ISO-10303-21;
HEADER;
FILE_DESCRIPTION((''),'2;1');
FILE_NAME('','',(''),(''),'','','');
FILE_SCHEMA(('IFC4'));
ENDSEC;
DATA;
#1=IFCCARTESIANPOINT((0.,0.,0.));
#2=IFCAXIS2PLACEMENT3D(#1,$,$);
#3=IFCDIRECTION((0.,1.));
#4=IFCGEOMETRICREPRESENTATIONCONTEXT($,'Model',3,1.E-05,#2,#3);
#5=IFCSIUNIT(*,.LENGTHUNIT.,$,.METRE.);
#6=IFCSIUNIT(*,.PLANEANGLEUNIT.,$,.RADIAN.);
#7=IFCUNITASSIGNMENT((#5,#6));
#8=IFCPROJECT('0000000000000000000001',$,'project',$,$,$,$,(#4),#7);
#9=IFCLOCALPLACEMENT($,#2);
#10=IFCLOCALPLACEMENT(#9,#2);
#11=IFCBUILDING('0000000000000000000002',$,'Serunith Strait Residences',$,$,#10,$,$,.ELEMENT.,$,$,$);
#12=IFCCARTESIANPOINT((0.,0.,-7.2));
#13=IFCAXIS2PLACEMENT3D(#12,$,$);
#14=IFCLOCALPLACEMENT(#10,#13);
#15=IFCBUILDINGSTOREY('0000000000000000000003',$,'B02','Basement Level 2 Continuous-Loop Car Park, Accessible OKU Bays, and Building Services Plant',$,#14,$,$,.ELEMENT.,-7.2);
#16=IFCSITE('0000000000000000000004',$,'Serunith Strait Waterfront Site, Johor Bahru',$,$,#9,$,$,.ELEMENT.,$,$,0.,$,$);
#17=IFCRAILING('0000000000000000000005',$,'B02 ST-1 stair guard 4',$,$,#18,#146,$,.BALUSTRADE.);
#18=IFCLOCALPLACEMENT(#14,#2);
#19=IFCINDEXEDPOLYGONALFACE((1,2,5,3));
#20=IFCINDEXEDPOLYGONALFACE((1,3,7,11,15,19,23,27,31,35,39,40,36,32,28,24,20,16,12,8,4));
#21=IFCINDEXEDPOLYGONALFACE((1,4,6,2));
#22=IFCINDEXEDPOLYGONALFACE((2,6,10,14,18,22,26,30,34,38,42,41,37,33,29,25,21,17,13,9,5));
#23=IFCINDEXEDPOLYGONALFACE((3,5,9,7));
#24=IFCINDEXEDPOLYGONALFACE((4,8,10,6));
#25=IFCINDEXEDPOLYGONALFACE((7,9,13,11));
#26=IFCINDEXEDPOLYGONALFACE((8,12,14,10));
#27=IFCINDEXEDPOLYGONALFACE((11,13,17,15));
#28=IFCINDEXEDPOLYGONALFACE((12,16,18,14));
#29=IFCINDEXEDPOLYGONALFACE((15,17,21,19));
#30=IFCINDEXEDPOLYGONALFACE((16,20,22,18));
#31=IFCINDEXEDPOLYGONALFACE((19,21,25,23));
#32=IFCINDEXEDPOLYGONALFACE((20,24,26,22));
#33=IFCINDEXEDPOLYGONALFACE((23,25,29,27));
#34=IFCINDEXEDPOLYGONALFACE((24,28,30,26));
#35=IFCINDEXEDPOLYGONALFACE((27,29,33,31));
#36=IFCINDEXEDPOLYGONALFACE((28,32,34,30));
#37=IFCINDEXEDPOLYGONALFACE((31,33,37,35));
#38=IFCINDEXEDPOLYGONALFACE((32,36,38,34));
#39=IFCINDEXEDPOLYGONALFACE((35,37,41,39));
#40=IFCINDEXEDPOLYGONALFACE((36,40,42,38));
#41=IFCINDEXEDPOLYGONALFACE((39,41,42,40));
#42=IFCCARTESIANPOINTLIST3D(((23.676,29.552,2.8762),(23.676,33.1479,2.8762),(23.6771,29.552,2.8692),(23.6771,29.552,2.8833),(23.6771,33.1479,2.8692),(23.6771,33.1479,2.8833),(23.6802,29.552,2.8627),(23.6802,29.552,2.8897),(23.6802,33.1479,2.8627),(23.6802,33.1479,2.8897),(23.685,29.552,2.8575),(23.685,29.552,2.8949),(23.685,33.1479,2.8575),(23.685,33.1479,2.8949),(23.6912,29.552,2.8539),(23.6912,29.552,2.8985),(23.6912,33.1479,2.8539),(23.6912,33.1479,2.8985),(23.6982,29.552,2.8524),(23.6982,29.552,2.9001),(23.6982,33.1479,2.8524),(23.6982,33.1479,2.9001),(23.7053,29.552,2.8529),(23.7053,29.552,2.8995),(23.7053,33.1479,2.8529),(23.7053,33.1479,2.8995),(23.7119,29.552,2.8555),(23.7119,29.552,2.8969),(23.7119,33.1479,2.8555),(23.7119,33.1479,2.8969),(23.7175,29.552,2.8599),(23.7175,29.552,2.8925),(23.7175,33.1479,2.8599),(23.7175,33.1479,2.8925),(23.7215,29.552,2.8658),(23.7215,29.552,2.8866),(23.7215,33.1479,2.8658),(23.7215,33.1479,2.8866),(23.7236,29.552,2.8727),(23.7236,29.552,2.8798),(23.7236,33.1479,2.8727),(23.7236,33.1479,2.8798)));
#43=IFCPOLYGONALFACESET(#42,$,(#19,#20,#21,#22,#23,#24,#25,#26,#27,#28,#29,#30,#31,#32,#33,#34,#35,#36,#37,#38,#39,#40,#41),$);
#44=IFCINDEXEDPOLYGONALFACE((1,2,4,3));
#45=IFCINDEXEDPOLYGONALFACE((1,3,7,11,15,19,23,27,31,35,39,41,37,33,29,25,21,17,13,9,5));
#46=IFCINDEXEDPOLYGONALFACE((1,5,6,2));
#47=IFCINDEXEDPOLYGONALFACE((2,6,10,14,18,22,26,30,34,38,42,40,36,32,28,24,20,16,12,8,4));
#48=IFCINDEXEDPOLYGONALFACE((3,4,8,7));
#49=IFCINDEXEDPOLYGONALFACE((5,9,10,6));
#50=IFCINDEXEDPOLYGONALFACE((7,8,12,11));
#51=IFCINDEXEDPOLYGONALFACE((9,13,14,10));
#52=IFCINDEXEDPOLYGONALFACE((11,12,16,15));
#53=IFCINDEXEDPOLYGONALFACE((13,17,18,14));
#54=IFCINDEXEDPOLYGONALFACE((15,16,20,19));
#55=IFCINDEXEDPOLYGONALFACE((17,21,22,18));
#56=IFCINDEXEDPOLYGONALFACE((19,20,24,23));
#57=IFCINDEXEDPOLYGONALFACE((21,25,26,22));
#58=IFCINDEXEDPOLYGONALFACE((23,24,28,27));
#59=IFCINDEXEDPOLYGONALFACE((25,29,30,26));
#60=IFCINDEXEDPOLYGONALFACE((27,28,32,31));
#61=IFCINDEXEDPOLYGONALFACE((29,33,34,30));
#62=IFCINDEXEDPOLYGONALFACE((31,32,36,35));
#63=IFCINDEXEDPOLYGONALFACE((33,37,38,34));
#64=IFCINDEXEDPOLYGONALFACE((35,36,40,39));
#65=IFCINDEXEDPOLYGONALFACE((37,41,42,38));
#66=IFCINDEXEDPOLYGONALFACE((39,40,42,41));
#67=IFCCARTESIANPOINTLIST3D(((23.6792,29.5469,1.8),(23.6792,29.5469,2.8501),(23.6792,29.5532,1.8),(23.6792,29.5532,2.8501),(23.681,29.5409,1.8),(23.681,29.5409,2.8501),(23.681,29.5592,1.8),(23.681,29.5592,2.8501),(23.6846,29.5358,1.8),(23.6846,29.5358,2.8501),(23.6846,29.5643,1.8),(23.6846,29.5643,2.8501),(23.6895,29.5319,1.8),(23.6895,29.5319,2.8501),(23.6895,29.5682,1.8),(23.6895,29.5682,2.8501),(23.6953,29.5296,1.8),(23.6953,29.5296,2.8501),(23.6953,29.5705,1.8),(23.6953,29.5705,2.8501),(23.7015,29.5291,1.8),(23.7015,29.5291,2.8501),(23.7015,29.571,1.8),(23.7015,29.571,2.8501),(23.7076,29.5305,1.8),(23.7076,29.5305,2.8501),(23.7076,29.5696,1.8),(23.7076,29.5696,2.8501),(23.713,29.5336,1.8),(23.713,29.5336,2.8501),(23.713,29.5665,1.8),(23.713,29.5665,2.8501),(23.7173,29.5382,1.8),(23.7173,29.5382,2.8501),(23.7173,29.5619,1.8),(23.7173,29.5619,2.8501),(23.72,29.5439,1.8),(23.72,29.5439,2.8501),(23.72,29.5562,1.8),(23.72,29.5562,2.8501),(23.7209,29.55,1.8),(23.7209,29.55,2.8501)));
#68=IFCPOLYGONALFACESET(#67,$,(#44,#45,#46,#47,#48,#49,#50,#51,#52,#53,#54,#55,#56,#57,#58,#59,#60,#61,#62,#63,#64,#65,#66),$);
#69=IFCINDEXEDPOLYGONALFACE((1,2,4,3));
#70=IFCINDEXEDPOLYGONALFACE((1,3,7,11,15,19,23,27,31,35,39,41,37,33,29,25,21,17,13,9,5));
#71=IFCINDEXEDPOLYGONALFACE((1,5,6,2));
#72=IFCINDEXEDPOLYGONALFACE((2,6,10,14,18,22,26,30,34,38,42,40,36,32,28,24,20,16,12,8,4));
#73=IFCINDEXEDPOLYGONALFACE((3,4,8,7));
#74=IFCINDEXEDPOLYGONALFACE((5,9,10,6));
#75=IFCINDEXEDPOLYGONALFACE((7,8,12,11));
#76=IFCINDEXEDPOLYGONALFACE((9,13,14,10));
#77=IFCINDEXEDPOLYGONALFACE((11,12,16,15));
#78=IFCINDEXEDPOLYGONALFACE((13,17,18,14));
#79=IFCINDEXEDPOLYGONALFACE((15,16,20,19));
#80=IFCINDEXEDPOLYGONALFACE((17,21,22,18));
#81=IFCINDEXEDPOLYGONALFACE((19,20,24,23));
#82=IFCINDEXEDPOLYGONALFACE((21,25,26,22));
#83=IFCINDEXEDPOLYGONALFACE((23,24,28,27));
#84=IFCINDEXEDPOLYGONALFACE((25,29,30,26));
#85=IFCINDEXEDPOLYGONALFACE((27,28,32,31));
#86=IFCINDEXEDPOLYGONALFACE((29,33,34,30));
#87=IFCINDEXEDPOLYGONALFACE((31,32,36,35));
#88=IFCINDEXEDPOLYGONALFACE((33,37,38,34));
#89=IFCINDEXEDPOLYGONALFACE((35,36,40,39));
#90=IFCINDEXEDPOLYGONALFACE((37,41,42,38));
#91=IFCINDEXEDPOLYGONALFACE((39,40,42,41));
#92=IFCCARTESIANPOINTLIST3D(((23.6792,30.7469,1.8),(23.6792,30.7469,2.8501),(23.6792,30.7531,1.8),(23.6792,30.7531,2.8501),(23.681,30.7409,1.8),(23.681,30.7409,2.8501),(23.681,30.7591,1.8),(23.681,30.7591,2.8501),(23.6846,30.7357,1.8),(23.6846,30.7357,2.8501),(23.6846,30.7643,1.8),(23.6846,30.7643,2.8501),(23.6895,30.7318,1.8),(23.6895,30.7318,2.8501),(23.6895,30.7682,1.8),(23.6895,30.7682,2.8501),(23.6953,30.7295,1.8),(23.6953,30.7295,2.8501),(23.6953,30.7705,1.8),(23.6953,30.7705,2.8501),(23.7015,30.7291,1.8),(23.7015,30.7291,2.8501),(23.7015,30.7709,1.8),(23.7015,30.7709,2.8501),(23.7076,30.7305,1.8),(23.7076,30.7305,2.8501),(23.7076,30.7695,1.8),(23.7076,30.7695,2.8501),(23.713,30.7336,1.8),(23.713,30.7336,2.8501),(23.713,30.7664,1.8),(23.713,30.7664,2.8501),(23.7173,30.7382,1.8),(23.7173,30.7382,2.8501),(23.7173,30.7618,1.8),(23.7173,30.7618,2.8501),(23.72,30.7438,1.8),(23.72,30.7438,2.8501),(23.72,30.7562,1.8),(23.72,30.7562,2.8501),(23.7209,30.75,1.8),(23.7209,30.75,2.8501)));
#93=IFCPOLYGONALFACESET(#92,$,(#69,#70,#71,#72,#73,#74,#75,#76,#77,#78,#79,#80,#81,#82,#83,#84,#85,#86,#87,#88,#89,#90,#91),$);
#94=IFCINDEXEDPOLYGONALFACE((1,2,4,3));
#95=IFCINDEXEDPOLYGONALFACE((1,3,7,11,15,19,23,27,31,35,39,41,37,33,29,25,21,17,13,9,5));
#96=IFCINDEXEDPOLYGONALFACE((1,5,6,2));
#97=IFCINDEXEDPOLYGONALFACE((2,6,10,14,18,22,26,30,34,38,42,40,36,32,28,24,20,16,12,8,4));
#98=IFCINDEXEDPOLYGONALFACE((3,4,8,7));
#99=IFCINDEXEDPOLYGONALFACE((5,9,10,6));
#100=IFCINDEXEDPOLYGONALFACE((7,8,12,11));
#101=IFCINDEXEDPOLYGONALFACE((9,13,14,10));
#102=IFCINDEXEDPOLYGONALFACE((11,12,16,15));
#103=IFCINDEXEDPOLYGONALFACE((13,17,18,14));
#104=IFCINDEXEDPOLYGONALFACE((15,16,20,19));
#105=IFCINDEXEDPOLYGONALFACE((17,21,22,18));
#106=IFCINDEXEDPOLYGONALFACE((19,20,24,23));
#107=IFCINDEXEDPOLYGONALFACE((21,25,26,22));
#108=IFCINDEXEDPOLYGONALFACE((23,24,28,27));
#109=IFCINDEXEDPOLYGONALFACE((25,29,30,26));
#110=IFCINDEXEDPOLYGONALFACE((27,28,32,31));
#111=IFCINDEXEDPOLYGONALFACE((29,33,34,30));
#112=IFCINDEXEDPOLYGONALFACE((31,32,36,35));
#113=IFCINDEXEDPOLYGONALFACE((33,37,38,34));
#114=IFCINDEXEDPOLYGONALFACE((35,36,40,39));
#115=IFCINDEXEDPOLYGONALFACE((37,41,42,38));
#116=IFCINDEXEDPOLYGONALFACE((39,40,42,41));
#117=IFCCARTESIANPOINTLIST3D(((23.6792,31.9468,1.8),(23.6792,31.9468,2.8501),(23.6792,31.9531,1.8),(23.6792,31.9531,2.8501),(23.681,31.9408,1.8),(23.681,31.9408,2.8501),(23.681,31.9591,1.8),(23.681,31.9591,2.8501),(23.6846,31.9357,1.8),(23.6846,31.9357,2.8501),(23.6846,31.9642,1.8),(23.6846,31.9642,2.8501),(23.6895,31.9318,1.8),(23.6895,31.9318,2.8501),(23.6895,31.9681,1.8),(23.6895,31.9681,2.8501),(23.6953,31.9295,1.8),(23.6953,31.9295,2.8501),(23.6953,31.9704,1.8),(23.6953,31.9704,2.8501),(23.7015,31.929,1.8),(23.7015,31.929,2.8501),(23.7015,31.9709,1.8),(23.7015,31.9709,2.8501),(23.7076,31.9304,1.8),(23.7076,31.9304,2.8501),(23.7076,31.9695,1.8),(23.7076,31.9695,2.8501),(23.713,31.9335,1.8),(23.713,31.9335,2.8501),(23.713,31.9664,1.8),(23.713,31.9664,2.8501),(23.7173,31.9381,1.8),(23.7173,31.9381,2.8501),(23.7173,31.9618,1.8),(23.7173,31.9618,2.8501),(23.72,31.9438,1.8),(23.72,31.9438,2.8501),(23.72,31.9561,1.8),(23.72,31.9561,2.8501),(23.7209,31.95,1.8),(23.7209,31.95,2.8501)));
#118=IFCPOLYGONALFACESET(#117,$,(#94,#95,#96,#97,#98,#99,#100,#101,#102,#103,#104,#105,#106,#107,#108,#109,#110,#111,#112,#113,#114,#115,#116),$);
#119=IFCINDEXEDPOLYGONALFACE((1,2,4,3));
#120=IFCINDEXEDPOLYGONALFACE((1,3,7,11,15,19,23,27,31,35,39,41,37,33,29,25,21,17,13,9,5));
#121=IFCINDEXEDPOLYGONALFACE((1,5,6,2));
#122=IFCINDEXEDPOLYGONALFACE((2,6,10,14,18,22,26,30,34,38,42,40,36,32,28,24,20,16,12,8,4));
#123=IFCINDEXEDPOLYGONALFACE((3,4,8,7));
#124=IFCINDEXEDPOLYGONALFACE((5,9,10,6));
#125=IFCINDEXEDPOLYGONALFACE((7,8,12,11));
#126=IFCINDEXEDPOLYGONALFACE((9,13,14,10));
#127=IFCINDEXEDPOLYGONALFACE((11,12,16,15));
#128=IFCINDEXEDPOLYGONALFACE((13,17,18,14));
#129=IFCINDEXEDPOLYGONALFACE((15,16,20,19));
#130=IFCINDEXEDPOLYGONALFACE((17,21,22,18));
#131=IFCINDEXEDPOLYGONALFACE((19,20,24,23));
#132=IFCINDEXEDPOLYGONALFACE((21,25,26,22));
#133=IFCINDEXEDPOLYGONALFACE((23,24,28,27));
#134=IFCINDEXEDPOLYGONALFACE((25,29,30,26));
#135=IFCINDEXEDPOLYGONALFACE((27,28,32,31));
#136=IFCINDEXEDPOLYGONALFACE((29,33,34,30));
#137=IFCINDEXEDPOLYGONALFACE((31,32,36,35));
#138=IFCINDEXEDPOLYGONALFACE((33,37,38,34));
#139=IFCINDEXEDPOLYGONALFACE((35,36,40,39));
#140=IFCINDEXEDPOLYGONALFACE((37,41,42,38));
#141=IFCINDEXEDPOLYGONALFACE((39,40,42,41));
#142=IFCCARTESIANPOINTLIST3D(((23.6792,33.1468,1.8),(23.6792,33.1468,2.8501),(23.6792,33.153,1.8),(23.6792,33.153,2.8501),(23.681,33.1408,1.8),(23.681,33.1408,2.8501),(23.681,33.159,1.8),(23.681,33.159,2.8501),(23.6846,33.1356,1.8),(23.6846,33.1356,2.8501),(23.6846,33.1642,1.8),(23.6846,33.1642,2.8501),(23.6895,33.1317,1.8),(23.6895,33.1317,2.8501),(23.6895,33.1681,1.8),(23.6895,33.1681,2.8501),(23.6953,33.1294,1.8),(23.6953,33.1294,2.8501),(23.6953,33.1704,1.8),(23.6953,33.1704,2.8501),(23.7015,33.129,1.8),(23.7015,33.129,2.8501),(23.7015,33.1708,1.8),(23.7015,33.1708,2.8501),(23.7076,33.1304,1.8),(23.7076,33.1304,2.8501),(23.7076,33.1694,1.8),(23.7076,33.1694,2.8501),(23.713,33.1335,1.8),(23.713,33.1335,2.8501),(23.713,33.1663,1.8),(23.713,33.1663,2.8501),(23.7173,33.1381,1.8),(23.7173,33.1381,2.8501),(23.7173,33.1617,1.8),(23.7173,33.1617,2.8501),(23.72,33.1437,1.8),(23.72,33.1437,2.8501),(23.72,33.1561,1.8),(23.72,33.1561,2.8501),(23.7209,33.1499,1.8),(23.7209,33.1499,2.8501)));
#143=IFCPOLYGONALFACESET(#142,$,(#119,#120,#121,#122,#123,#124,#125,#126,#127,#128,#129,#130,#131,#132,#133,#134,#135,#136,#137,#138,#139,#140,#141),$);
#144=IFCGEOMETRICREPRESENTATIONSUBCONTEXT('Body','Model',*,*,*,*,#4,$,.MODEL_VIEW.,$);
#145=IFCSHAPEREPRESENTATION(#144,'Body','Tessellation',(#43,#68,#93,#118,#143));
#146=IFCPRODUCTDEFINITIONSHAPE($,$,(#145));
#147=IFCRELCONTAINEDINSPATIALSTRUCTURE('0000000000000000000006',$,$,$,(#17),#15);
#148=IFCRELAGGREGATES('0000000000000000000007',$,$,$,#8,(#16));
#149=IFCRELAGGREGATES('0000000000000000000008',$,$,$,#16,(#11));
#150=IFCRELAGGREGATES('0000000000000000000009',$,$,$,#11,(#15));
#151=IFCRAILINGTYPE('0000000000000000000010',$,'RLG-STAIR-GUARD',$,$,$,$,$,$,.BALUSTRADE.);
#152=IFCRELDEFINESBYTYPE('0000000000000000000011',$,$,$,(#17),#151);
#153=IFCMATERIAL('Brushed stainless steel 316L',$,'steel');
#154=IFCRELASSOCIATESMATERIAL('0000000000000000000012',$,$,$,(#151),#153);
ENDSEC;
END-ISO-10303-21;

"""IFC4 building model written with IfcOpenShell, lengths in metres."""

from ifc_helpers import new_model, si_unit, direction, frame, origin, origin_2d, place, context, subcontext, project, spatial, circle, extrude, material, type_object, element, save


model = new_model("IFC4")

# Units and contexts
model_context = context("Model", 3, precision=1e-05, world=origin(), true_north=direction((0.0, 1.0)))
body_context = subcontext(model_context, "Body", "Model", "MODEL_VIEW")
ifc_project = project(units=[si_unit("LENGTHUNIT", "METRE"), si_unit("PLANEANGLEUNIT", "RADIAN")], contexts=[model_context])

# Site, building, storey
site_placement = place(None, origin())
site = spatial("IfcSite", under=ifc_project, at=site_placement, Name="Serunith Strait Waterfront Site, Johor Bahru", CompositionType="ELEMENT", RefElevation=0.0)
building_placement = place(site_placement, origin())
building = spatial("IfcBuilding", under=site, at=building_placement, Name="Serunith Strait Residences", CompositionType="ELEMENT")
storey_placement = place(building_placement, frame((0.0, 0.0, -7.2)))
storey = spatial("IfcBuildingStorey", under=building, at=storey_placement, Name="B02", Description="Basement Level 2 Continuous-Loop Car Park, Accessible OKU Bays, and Building Services Plant", CompositionType="ELEMENT", Elevation=-7.2)

# Railing
ifc_material_1 = material(Name="Brushed stainless steel 316L", Category="steel")
railing_type_1 = type_object("IfcRailingType", Name="RLG-STAIR-GUARD", PredefinedType="BALUSTRADE", material=ifc_material_1)
for number, where, name in (
    (1, (23.7, 29.55, 1.8), "B02 ST-1 stair guard 4"),
):
    element("IfcRailing", number, at=place(storey_placement, frame(where)), inside=storey, type_object=railing_type_1, Name=name, PredefinedType="BALUSTRADE", context=body_context, shape_type="SweptSolid", body=[
        extrude(circle(Radius=0.0239, at=origin_2d()), frame((0.0, 0.002, 1.0762), z_axis=(0.0, 1.0, 0.0), x_axis=(-1.0, 0.0, 0.0)), (0.0, 0.0, 1.0), 3.5959),
        extrude(circle(Radius=0.021, at=origin_2d()), origin(), (0.0, 0.0, 1.0), 1.05),
        extrude(circle(Radius=0.021, at=origin_2d()), frame((0.0, 1.2, 0.0)), (0.0, 0.0, 1.0), 1.05),
        extrude(circle(Radius=0.021, at=origin_2d()), frame((0.0, 2.3999, 0.0)), (0.0, 0.0, 1.0), 1.05),
        extrude(circle(Radius=0.021, at=origin_2d()), frame((0.0, 3.5999, 0.0)), (0.0, 0.0, 1.0), 1.05),
    ])

save(model, "model.ifc")
